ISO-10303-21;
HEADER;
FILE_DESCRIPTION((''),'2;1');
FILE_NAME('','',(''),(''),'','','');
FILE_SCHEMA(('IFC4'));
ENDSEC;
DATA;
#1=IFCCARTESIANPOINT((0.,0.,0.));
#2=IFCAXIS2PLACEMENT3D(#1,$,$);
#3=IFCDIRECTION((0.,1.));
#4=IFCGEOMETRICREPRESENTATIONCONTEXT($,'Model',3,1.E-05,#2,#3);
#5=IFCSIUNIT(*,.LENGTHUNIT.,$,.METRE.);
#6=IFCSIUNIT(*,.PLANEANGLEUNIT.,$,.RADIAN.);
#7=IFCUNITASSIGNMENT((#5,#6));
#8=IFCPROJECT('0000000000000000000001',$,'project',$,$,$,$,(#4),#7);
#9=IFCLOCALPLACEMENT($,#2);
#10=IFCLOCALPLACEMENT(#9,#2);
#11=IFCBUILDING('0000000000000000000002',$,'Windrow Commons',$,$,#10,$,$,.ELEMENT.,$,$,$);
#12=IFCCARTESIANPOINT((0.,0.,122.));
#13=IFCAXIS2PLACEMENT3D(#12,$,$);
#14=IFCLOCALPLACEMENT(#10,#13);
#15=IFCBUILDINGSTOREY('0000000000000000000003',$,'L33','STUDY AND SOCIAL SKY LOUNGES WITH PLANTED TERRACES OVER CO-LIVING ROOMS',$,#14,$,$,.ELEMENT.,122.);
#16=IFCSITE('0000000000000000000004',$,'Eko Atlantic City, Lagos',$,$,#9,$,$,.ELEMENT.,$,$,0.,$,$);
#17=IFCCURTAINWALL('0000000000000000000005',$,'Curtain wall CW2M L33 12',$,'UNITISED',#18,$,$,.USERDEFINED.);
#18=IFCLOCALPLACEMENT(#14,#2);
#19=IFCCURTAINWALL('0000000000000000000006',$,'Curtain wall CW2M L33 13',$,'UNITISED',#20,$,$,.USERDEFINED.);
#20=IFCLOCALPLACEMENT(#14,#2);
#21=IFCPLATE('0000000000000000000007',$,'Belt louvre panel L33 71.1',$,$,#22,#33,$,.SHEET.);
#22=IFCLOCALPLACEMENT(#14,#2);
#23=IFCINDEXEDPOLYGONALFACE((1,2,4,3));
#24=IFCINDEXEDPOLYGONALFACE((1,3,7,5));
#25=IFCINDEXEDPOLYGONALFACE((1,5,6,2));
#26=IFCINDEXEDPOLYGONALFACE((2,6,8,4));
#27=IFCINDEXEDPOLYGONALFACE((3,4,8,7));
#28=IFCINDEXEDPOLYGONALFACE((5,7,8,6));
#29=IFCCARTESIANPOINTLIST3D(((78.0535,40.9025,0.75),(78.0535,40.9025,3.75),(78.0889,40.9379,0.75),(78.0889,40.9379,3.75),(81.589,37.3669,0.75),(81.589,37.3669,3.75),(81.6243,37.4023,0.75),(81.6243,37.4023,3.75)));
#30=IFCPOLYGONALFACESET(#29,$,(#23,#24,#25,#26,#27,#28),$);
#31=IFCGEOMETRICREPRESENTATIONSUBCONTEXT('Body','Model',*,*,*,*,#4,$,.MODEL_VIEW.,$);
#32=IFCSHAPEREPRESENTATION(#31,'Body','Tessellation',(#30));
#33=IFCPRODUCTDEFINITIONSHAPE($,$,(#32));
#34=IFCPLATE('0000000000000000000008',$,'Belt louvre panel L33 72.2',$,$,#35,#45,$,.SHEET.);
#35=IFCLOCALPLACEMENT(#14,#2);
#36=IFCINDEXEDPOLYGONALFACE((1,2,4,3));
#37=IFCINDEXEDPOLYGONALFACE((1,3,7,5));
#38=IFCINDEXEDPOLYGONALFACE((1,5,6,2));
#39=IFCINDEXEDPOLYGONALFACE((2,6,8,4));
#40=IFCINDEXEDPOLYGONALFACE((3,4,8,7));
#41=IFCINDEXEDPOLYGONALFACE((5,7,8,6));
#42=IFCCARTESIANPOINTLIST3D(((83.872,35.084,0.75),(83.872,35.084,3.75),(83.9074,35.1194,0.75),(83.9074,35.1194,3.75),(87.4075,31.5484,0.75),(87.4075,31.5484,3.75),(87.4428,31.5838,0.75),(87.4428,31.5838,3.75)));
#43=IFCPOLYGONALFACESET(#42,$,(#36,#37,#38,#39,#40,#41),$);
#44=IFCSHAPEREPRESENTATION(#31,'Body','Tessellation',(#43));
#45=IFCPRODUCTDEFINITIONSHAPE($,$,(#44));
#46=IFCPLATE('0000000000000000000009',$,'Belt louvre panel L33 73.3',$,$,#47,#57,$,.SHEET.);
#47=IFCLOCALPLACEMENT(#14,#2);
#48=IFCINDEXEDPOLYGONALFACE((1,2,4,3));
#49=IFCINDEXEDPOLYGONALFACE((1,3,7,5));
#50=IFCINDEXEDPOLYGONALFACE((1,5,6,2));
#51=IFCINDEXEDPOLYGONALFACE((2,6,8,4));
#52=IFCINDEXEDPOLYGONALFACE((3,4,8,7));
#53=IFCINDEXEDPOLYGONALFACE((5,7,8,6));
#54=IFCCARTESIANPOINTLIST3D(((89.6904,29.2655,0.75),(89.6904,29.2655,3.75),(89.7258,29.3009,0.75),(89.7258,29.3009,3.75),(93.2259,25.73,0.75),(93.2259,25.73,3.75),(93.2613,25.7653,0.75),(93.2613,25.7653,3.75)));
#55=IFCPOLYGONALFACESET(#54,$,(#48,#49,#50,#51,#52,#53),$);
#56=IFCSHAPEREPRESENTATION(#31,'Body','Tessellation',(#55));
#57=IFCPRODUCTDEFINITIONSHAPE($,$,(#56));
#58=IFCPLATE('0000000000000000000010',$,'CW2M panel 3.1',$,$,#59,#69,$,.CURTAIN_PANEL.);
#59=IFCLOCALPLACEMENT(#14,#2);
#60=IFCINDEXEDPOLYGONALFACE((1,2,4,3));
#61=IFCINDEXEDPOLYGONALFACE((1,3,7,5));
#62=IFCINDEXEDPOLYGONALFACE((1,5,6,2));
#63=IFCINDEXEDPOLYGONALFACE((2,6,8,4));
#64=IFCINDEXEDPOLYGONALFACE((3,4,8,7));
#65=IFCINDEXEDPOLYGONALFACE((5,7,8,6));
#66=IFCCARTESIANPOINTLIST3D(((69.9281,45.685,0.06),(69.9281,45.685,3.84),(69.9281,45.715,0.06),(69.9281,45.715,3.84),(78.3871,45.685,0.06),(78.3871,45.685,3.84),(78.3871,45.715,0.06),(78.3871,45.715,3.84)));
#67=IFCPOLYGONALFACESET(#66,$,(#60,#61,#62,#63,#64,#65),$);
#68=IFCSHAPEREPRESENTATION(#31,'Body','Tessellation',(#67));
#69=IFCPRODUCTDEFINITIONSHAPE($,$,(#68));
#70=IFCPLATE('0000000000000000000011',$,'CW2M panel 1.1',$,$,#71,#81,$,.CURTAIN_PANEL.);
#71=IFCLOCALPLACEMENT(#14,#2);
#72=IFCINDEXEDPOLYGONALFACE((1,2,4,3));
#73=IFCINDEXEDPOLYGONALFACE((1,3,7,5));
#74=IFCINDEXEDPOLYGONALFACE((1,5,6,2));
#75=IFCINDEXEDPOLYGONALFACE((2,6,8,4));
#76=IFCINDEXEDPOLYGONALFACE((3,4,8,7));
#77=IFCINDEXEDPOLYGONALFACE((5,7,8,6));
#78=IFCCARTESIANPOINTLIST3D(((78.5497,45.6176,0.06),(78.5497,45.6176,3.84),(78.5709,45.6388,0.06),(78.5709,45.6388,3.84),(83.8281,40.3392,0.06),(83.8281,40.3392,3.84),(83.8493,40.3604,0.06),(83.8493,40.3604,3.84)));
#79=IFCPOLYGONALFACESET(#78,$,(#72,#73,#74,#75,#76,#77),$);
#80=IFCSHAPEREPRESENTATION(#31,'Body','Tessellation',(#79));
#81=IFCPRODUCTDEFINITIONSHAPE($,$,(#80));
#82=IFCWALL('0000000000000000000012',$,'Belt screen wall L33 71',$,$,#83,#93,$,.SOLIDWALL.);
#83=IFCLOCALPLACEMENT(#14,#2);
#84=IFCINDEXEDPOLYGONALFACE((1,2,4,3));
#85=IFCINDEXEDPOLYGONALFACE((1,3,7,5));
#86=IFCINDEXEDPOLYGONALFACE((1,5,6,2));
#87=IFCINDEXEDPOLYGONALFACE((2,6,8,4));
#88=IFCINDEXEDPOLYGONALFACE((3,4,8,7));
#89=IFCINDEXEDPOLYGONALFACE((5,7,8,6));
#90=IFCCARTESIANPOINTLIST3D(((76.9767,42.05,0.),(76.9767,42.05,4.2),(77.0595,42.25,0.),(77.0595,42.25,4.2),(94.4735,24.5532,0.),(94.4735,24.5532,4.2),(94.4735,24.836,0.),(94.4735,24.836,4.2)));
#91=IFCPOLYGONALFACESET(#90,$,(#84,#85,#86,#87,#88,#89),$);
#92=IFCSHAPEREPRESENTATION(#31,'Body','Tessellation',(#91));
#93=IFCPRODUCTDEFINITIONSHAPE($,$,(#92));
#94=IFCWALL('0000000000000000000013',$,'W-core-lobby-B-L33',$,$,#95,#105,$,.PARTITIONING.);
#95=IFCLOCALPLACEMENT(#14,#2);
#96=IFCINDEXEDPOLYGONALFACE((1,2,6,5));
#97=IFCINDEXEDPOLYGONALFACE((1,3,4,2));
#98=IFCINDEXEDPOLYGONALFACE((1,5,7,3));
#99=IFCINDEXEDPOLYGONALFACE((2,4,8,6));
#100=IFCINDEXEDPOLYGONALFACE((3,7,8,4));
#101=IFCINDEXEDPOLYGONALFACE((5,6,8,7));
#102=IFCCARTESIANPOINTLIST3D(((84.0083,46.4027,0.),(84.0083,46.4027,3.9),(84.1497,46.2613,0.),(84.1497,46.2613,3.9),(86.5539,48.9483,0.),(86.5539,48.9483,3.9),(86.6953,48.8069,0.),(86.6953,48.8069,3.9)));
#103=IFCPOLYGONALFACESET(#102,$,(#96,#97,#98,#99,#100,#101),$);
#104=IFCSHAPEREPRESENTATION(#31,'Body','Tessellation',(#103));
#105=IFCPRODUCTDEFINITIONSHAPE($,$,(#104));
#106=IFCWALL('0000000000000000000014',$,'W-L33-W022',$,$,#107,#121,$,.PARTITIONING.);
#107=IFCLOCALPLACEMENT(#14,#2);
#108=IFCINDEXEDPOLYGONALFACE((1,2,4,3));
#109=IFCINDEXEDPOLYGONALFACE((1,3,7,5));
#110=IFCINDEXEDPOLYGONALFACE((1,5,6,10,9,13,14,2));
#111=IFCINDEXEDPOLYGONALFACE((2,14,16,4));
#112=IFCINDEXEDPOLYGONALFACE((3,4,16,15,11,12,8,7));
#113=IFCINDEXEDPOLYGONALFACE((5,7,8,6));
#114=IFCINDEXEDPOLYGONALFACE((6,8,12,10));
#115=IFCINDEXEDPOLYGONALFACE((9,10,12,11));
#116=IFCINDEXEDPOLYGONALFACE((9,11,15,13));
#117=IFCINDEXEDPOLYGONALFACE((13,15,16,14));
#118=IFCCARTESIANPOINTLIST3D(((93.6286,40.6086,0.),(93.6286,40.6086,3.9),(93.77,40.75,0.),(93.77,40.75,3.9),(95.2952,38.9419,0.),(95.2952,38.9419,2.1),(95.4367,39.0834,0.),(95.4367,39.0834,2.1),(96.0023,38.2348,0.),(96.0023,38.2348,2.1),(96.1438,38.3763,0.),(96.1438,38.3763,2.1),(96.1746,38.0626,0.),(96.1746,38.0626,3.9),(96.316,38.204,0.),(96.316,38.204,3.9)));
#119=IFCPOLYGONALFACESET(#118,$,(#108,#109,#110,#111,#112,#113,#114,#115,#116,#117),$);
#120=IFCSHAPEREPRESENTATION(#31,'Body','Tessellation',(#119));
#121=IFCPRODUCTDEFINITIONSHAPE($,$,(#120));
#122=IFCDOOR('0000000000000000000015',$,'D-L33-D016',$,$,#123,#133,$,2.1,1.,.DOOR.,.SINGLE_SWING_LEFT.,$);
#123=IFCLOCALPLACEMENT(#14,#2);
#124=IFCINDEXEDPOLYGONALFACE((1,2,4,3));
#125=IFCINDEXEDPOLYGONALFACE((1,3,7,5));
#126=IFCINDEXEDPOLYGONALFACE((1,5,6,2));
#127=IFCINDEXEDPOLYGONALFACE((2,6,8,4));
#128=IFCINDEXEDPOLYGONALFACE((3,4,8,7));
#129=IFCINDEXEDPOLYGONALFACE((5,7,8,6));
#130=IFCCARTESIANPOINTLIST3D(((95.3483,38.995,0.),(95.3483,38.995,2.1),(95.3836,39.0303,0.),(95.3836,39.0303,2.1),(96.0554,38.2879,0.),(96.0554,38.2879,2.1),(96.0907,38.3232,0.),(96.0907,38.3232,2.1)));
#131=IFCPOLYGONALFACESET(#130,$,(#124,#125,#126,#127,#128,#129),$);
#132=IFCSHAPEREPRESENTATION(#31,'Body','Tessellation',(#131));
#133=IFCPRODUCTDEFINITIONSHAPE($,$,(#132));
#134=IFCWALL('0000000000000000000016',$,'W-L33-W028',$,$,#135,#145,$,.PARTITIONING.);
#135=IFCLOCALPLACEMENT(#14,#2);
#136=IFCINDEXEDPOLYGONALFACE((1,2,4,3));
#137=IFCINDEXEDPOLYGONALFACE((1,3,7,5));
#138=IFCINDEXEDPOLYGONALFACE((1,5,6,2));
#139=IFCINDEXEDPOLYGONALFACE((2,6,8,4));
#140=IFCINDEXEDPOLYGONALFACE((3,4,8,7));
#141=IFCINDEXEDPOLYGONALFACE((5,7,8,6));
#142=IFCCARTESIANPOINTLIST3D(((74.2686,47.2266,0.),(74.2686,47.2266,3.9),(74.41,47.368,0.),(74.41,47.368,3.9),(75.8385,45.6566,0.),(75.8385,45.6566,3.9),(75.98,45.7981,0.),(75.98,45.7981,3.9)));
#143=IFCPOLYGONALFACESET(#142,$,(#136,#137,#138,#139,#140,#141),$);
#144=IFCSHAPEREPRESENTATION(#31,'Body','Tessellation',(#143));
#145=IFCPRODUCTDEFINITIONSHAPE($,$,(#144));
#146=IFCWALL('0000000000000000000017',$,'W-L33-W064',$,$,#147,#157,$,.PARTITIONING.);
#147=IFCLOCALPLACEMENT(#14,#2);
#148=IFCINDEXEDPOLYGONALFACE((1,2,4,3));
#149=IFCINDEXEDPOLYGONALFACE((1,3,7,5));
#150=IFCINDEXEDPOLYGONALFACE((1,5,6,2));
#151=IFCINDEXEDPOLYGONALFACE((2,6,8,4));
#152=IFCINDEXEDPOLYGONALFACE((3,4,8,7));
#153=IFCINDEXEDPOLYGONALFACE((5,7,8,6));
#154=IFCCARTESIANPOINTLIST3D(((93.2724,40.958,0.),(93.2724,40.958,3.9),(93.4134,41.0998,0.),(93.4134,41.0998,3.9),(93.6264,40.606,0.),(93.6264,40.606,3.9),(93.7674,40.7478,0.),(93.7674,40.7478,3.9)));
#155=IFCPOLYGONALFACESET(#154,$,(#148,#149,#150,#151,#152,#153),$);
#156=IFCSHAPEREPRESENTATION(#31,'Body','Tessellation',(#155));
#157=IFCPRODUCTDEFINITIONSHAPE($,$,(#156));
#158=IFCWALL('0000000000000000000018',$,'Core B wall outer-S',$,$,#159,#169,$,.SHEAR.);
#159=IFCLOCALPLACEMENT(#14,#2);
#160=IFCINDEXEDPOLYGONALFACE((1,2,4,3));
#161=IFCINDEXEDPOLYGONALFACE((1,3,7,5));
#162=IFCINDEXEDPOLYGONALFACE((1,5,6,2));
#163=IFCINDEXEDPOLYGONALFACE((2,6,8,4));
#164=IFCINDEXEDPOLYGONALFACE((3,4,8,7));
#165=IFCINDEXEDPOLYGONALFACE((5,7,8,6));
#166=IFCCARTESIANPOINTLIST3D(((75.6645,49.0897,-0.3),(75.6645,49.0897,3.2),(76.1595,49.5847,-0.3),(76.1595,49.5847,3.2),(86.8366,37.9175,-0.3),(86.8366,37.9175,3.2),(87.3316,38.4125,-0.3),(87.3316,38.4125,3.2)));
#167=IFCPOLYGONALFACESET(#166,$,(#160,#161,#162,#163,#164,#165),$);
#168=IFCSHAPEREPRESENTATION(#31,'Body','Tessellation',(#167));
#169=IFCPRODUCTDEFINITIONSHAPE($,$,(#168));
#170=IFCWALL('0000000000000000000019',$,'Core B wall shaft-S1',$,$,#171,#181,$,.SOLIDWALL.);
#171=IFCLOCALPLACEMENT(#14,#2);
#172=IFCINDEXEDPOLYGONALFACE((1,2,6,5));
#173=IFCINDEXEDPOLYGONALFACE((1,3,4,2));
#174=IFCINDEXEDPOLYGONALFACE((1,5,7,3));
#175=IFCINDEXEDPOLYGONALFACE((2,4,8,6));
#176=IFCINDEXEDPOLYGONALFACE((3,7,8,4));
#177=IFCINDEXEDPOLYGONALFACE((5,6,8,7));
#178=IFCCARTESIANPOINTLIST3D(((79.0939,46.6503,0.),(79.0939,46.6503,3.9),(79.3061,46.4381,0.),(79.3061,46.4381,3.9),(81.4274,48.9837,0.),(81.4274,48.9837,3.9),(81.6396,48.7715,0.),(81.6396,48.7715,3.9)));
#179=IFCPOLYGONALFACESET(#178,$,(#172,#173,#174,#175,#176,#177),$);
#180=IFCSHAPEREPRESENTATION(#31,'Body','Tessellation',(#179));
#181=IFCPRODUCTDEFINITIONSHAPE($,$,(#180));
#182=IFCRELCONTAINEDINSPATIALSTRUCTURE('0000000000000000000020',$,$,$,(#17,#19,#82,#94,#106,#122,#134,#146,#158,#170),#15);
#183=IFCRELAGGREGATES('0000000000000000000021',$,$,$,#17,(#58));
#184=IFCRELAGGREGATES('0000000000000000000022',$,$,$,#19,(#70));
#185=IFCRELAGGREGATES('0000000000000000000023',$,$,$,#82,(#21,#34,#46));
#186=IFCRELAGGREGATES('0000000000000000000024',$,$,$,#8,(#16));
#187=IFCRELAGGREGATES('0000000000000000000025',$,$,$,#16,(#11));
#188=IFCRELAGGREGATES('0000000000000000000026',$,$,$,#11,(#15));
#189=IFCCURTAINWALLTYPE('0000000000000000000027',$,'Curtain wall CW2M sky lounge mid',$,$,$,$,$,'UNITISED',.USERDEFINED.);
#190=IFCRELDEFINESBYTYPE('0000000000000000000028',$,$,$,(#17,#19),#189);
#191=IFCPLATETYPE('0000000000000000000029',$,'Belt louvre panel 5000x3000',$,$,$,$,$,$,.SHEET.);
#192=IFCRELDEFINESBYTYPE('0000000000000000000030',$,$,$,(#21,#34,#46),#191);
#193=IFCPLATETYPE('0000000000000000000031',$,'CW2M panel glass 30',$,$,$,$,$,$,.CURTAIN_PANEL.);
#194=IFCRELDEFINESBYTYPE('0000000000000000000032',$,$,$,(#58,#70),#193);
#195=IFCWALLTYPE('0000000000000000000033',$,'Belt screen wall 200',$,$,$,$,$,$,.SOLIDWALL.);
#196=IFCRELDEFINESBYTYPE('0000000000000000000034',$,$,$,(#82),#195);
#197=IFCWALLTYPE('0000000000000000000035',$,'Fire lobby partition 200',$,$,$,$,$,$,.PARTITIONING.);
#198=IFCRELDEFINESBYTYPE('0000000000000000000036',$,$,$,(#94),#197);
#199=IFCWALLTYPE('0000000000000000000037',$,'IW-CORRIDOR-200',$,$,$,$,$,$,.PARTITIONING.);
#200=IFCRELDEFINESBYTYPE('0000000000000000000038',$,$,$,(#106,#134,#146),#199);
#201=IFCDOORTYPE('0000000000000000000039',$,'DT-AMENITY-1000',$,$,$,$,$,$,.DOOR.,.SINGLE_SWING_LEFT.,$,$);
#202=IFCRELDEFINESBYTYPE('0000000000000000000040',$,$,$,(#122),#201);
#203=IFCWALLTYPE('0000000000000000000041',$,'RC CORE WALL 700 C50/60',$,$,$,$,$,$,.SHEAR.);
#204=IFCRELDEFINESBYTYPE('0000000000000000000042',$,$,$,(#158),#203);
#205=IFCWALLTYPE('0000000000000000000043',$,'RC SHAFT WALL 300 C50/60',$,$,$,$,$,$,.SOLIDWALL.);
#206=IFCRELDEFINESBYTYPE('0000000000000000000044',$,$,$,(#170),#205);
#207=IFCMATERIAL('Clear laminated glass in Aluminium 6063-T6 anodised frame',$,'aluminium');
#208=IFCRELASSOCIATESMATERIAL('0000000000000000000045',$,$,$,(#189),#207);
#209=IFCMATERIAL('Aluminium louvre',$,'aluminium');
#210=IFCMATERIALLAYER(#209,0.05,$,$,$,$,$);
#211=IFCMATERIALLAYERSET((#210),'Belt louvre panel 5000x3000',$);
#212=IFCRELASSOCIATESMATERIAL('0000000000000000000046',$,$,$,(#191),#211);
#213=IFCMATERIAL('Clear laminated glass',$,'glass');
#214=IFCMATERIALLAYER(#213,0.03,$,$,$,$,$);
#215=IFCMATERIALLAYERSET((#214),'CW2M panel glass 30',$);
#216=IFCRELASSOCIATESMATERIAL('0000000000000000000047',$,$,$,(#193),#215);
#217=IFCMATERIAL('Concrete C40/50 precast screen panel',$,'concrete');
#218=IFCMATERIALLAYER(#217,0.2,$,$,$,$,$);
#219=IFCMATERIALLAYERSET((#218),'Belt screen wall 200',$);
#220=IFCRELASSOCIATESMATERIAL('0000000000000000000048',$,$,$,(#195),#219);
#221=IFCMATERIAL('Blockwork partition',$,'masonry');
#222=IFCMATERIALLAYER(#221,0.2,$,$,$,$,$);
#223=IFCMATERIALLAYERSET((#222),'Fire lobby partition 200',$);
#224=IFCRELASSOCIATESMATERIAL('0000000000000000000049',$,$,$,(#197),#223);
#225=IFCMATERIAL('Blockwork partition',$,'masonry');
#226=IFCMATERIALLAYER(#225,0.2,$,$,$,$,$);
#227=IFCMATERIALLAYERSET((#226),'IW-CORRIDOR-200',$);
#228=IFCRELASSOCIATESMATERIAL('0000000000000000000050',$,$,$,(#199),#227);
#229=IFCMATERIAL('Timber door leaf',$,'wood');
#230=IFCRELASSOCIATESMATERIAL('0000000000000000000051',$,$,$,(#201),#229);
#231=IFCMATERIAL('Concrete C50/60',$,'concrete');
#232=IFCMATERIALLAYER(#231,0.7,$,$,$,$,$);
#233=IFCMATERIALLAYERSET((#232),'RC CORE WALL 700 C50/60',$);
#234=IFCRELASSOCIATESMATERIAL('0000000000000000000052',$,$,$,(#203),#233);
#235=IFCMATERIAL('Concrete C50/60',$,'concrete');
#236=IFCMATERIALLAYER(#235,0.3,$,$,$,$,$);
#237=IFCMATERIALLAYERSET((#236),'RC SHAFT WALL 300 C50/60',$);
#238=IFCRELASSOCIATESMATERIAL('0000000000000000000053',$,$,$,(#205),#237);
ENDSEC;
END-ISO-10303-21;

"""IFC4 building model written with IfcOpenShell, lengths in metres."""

from ifc_helpers import new_model, si_unit, direction, frame, frame_2d, origin, origin_2d, place, context, subcontext, project, spatial, polyline, rectangle, outline, extrude, material, layer, layer_set, type_object, element, fill, aggregate, save


model = new_model("IFC4")

# Units and contexts
model_context = context("Model", 3, precision=1e-05, world=origin(), true_north=direction((0.0, 1.0)))
body_context = subcontext(model_context, "Body", "Model", "MODEL_VIEW")
ifc_project = project(units=[si_unit("LENGTHUNIT", "METRE"), si_unit("PLANEANGLEUNIT", "RADIAN")], contexts=[model_context])

# Site, building, storey
site_placement = place(None, origin())
site = spatial("IfcSite", under=ifc_project, at=site_placement, Name="Eko Atlantic City, Lagos", CompositionType="ELEMENT", RefElevation=0.0)
building_placement = place(site_placement, origin())
building = spatial("IfcBuilding", under=site, at=building_placement, Name="Windrow Commons", CompositionType="ELEMENT")
storey_placement = place(building_placement, frame((0.0, 0.0, 122.0)))
storey = spatial("IfcBuildingStorey", under=building, at=storey_placement, Name="L33", Description="STUDY AND SOCIAL SKY LOUNGES WITH PLANTED TERRACES OVER CO-LIVING ROOMS", CompositionType="ELEMENT", Elevation=122.0)

# Curtain wall
ifc_material_1 = material(Name="Clear laminated glass in Aluminium 6063-T6 anodised frame", Category="aluminium")
curtain_wall_type = type_object("IfcCurtainWallType", Name="Curtain wall CW2M sky lounge mid", ElementType="UNITISED", PredefinedType="USERDEFINED", material=ifc_material_1)
placement = place(storey_placement, origin())
curtain_wall_1 = element("IfcCurtainWall", 1, at=placement, inside=storey, type_object=curtain_wall_type, Name="Curtain wall CW2M L33 12", ObjectType="UNITISED", PredefinedType="USERDEFINED")

# Curtain wall
curtain_wall_2 = element("IfcCurtainWall", 2, at=placement, inside=storey, type_object=curtain_wall_type, Name="Curtain wall CW2M L33 13", ObjectType="UNITISED", PredefinedType="USERDEFINED")

# Plates
ifc_material_2 = material(Name="Aluminium louvre", Category="aluminium")
ifc_layer_1 = layer(ifc_material_2, 0.05)
ifc_layer_set_1 = layer_set([ifc_layer_1], Name="Belt louvre panel 5000x3000")
plate_type_1 = type_object("IfcPlateType", Name="Belt louvre panel 5000x3000", PredefinedType="SHEET", material=ifc_layer_set_1)
plate_1_placement = place(storey_placement, frame((78.0535, 40.9025, 0.75), z_axis=(-0.707117, -0.707097, 0.0), x_axis=(0.707097, -0.707117, 0.0)))
plate_1 = element("IfcPlate", 3, at=plate_1_placement, type_object=plate_type_1, Name="Belt louvre panel L33 71.1", PredefinedType="SHEET", context=body_context, shape_type="SweptSolid", body=[
    extrude(outline(polyline([(0.0, 0.0), (5.0, 0.0), (5.0, 3.0), (0.0, 3.0), (0.0, 0.0)])), origin(), (0.0, 0.0, -1.0), 0.05),
])
plate_2_placement = place(storey_placement, frame((83.872, 35.084, 0.75), z_axis=(-0.707117, -0.707097, 0.0), x_axis=(0.707097, -0.707117, 0.0)))
plate_2 = element("IfcPlate", 4, at=plate_2_placement, type_object=plate_type_1, Name="Belt louvre panel L33 72.2", PredefinedType="SHEET", context=body_context, shape_type="SweptSolid", body=[
    extrude(outline(polyline([(0.0, 0.0), (5.0, 0.0), (5.0, 3.0), (0.0, 3.0), (0.0, 0.0)])), origin(), (0.0, 0.0, -1.0), 0.05),
])
plate_3_placement = place(storey_placement, frame((89.6904, 29.2655, 0.75), z_axis=(-0.707107, -0.707107, 0.0), x_axis=(0.707107, -0.707107, 0.0)))
plate_3 = element("IfcPlate", 5, at=plate_3_placement, type_object=plate_type_1, Name="Belt louvre panel L33 73.3", PredefinedType="SHEET", context=body_context, shape_type="SweptSolid", body=[
    extrude(outline(polyline([(0.0, 0.0), (5.0, 0.0), (5.0, 3.0), (0.0, 3.0), (0.0, 0.0)])), origin(), (0.0, 0.0, -1.0), 0.05),
])
ifc_material_3 = material(Name="Clear laminated glass", Category="glass")
ifc_layer_2 = layer(ifc_material_3, 0.03)
ifc_layer_set_2 = layer_set([ifc_layer_2], Name="CW2M panel glass 30")
plate_type_2 = type_object("IfcPlateType", Name="CW2M panel glass 30", PredefinedType="CURTAIN_PANEL", material=ifc_layer_set_2)
plate_4_placement = place(storey_placement, frame((74.1576, 45.7, 0.06), z_axis=(0.0, 0.0, 1.0), x_axis=(1.0, 0.0, 0.0)))
plate_4 = element("IfcPlate", 6, at=plate_4_placement, type_object=plate_type_2, Name="CW2M panel 3.1", PredefinedType="CURTAIN_PANEL", context=body_context, shape_type="SweptSolid", body=[
    extrude(rectangle(XDim=8.459, YDim=0.03, at=origin_2d()), origin(), (0.0, 0.0, 1.0), 3.78),
])
aggregate(curtain_wall_1, [plate_4])
plate_5_placement = place(storey_placement, frame((81.1995, 42.989, 0.06), z_axis=(0.0, 0.0, 1.0), x_axis=(0.707107, -0.707107, 0.0)))
plate_5 = element("IfcPlate", 7, at=plate_5_placement, type_object=plate_type_2, Name="CW2M panel 1.1", PredefinedType="CURTAIN_PANEL", context=body_context, shape_type="SweptSolid", body=[
    extrude(rectangle(XDim=7.4649, YDim=0.03, at=origin_2d()), origin(), (0.0, 0.0, 1.0), 3.78),
])
aggregate(curtain_wall_2, [plate_5])

# Walls
ifc_material_4 = material(Name="Concrete C40/50 precast screen panel", Category="concrete")
ifc_layer_3 = layer(ifc_material_4, 0.2)
ifc_layer_set_3 = layer_set([ifc_layer_3], Name="Belt screen wall 200")
wall_type_1 = type_object("IfcWallType", Name="Belt screen wall 200", PredefinedType="SOLIDWALL", material=ifc_layer_set_3)
wall_1_placement = place(storey_placement, frame((77.0181, 42.15, 0.0), z_axis=(0.0, 0.0, 1.0), x_axis=(0.707107, -0.707107, 0.0)))
wall_1 = element("IfcWall", 8, at=wall_1_placement, inside=storey, type_object=wall_type_1, Name="Belt screen wall L33 71", PredefinedType="SOLIDWALL", context=body_context, shape_type="SweptSolid", body=[
    extrude(outline(polyline([(0.0414, -0.1), (24.7857, -0.1), (24.5857, 0.1), (-0.0414, 0.1), (0.0414, -0.1)])), origin(), (0.0, 0.0, 1.0), 4.2),
])
aggregate(wall_1, [plate_1, plate_2, plate_3])
ifc_material_5 = material(Name="Blockwork partition", Category="masonry")
ifc_layer_4 = layer(ifc_material_5, 0.2)
ifc_layer_set_4 = layer_set([ifc_layer_4], Name="Fire lobby partition 200")
wall_type_2 = type_object("IfcWallType", Name="Fire lobby partition 200", PredefinedType="PARTITIONING", material=ifc_layer_set_4)
wall_2_placement = place(storey_placement, frame((84.079, 46.332, 0.0), z_axis=(0.0, 0.0, 1.0), x_axis=(0.707107, 0.707107, 0.0)))
element("IfcWall", 9, at=wall_2_placement, inside=storey, type_object=wall_type_2, Name="W-core-lobby-B-L33", PredefinedType="PARTITIONING", context=body_context, shape_type="SweptSolid", body=[
    extrude(rectangle(XDim=3.6, YDim=0.2, at=frame_2d((1.8, 0.0))), origin(), (0.0, 0.0, 1.0), 3.9),
])

# Wall, opening, door
ifc_material_6 = material(Name="Blockwork partition", Category="masonry")
ifc_layer_5 = layer(ifc_material_6, 0.2)
ifc_layer_set_5 = layer_set([ifc_layer_5], Name="IW-CORRIDOR-200")
wall_type_3 = type_object("IfcWallType", Name="IW-CORRIDOR-200", PredefinedType="PARTITIONING", material=ifc_layer_set_5)
wall_3_placement = place(storey_placement, frame((93.6993, 40.6793, 0.0), z_axis=(0.0, 0.0, 1.0), x_axis=(0.707107, -0.707107, 0.0)))
wall_3 = element("IfcWall", 10, at=wall_3_placement, inside=storey, type_object=wall_type_3, Name="W-L33-W022", PredefinedType="PARTITIONING", context=body_context, shape_type="SweptSolid", body=[
    extrude(rectangle(XDim=3.6006, YDim=0.2, at=frame_2d((1.8003, 0.0))), origin(), (0.0, 0.0, 1.0), 3.9),
])
opening_placement = place(wall_3_placement, frame((2.357, 0.0, 0.0)))
opening = element("IfcOpeningElement", 11, at=opening_placement, cuts=wall_3, PredefinedType="OPENING", context=body_context, shape_type="SweptSolid", body=[
    extrude(rectangle(XDim=1.0, YDim=2.1, at=frame_2d((0.5, 1.05))), frame((0.0, 0.11, 0.0), z_axis=(0.0, -1.0, 0.0), x_axis=(1.0, 0.0, 0.0)), (0.0, 0.0, 1.0), 0.22),
])
ifc_material_7 = material(Name="Timber door leaf", Category="wood")
door_type = type_object("IfcDoorType", Name="DT-AMENITY-1000", OperationType="SINGLE_SWING_LEFT", PredefinedType="DOOR", material=ifc_material_7)
door_placement = place(opening_placement, origin())
door = element("IfcDoor", 12, at=door_placement, inside=storey, type_object=door_type, Name="D-L33-D016", OperationType="SINGLE_SWING_LEFT", OverallHeight=2.1, OverallWidth=1.0, PredefinedType="DOOR", context=body_context, shape_type="SweptSolid", body=[
    extrude(rectangle(XDim=1.0, YDim=2.1, at=frame_2d((0.5, 1.05))), frame((0.0, 0.025, 0.0), z_axis=(0.0, -1.0, 0.0), x_axis=(1.0, 0.0, 0.0)), (0.0, 0.0, 1.0), 0.05),
])
fill(opening, door)

# Walls
wall_4_placement = place(storey_placement, frame((74.3393, 47.2973, 0.0), z_axis=(0.0, 0.0, 1.0), x_axis=(0.707107, -0.707107, 0.0)))
element("IfcWall", 13, at=wall_4_placement, inside=storey, type_object=wall_type_3, Name="W-L33-W028", PredefinedType="PARTITIONING", context=body_context, shape_type="SweptSolid", body=[
    extrude(rectangle(XDim=2.2203, YDim=0.2, at=frame_2d((1.1101, 0.0))), origin(), (0.0, 0.0, 1.0), 3.9),
])
wall_5_placement = place(storey_placement, frame((93.3429, 41.0289, 0.0), z_axis=(0.0, 0.0, 1.0), x_axis=(0.709107, -0.705101, 0.0)))
element("IfcWall", 14, at=wall_5_placement, inside=storey, type_object=wall_type_3, Name="W-L33-W064", PredefinedType="PARTITIONING", context=body_context, shape_type="SweptSolid", body=[
    extrude(rectangle(XDim=0.4992, YDim=0.2, at=frame_2d((0.2496, 0.0))), origin(), (0.0, 0.0, 1.0), 3.9),
])
ifc_material_8 = material(Name="Concrete C50/60", Category="concrete")
ifc_layer_6 = layer(ifc_material_8, 0.7)
ifc_layer_set_6 = layer_set([ifc_layer_6], Name="RC CORE WALL 700 C50/60")
wall_type_4 = type_object("IfcWallType", Name="RC CORE WALL 700 C50/60", PredefinedType="SHEAR", material=ifc_layer_set_6)
wall_6_placement = place(storey_placement, frame((75.912, 49.3372, -0.3), z_axis=(0.0, 0.0, 1.0), x_axis=(0.707104, -0.70711, 0.0)))
element("IfcWall", 15, at=wall_6_placement, inside=storey, type_object=wall_type_4, Name="Core B wall outer-S", PredefinedType="SHEAR", context=body_context, shape_type="SweptSolid", body=[
    extrude(rectangle(XDim=15.7999, YDim=0.7, at=frame_2d((7.8999, 0.0))), origin(), (0.0, 0.0, 1.0), 3.5),
])
ifc_material_9 = material(Name="Concrete C50/60", Category="concrete")
ifc_layer_7 = layer(ifc_material_9, 0.3)
ifc_layer_set_7 = layer_set([ifc_layer_7], Name="RC SHAFT WALL 300 C50/60")
wall_type_5 = type_object("IfcWallType", Name="RC SHAFT WALL 300 C50/60", PredefinedType="SOLIDWALL", material=ifc_layer_set_7)
wall_7_placement = place(storey_placement, frame((79.2, 46.5442, 0.0), z_axis=(0.0, 0.0, 1.0), x_axis=(0.707122, 0.707092, 0.0)))
element("IfcWall", 16, at=wall_7_placement, inside=storey, type_object=wall_type_5, Name="Core B wall shaft-S1", PredefinedType="SOLIDWALL", context=body_context, shape_type="SweptSolid", body=[
    extrude(rectangle(XDim=3.3, YDim=0.3, at=frame_2d((1.65, 0.0))), origin(), (0.0, 0.0, 1.0), 3.9),
])

save(model, "model.ifc")
